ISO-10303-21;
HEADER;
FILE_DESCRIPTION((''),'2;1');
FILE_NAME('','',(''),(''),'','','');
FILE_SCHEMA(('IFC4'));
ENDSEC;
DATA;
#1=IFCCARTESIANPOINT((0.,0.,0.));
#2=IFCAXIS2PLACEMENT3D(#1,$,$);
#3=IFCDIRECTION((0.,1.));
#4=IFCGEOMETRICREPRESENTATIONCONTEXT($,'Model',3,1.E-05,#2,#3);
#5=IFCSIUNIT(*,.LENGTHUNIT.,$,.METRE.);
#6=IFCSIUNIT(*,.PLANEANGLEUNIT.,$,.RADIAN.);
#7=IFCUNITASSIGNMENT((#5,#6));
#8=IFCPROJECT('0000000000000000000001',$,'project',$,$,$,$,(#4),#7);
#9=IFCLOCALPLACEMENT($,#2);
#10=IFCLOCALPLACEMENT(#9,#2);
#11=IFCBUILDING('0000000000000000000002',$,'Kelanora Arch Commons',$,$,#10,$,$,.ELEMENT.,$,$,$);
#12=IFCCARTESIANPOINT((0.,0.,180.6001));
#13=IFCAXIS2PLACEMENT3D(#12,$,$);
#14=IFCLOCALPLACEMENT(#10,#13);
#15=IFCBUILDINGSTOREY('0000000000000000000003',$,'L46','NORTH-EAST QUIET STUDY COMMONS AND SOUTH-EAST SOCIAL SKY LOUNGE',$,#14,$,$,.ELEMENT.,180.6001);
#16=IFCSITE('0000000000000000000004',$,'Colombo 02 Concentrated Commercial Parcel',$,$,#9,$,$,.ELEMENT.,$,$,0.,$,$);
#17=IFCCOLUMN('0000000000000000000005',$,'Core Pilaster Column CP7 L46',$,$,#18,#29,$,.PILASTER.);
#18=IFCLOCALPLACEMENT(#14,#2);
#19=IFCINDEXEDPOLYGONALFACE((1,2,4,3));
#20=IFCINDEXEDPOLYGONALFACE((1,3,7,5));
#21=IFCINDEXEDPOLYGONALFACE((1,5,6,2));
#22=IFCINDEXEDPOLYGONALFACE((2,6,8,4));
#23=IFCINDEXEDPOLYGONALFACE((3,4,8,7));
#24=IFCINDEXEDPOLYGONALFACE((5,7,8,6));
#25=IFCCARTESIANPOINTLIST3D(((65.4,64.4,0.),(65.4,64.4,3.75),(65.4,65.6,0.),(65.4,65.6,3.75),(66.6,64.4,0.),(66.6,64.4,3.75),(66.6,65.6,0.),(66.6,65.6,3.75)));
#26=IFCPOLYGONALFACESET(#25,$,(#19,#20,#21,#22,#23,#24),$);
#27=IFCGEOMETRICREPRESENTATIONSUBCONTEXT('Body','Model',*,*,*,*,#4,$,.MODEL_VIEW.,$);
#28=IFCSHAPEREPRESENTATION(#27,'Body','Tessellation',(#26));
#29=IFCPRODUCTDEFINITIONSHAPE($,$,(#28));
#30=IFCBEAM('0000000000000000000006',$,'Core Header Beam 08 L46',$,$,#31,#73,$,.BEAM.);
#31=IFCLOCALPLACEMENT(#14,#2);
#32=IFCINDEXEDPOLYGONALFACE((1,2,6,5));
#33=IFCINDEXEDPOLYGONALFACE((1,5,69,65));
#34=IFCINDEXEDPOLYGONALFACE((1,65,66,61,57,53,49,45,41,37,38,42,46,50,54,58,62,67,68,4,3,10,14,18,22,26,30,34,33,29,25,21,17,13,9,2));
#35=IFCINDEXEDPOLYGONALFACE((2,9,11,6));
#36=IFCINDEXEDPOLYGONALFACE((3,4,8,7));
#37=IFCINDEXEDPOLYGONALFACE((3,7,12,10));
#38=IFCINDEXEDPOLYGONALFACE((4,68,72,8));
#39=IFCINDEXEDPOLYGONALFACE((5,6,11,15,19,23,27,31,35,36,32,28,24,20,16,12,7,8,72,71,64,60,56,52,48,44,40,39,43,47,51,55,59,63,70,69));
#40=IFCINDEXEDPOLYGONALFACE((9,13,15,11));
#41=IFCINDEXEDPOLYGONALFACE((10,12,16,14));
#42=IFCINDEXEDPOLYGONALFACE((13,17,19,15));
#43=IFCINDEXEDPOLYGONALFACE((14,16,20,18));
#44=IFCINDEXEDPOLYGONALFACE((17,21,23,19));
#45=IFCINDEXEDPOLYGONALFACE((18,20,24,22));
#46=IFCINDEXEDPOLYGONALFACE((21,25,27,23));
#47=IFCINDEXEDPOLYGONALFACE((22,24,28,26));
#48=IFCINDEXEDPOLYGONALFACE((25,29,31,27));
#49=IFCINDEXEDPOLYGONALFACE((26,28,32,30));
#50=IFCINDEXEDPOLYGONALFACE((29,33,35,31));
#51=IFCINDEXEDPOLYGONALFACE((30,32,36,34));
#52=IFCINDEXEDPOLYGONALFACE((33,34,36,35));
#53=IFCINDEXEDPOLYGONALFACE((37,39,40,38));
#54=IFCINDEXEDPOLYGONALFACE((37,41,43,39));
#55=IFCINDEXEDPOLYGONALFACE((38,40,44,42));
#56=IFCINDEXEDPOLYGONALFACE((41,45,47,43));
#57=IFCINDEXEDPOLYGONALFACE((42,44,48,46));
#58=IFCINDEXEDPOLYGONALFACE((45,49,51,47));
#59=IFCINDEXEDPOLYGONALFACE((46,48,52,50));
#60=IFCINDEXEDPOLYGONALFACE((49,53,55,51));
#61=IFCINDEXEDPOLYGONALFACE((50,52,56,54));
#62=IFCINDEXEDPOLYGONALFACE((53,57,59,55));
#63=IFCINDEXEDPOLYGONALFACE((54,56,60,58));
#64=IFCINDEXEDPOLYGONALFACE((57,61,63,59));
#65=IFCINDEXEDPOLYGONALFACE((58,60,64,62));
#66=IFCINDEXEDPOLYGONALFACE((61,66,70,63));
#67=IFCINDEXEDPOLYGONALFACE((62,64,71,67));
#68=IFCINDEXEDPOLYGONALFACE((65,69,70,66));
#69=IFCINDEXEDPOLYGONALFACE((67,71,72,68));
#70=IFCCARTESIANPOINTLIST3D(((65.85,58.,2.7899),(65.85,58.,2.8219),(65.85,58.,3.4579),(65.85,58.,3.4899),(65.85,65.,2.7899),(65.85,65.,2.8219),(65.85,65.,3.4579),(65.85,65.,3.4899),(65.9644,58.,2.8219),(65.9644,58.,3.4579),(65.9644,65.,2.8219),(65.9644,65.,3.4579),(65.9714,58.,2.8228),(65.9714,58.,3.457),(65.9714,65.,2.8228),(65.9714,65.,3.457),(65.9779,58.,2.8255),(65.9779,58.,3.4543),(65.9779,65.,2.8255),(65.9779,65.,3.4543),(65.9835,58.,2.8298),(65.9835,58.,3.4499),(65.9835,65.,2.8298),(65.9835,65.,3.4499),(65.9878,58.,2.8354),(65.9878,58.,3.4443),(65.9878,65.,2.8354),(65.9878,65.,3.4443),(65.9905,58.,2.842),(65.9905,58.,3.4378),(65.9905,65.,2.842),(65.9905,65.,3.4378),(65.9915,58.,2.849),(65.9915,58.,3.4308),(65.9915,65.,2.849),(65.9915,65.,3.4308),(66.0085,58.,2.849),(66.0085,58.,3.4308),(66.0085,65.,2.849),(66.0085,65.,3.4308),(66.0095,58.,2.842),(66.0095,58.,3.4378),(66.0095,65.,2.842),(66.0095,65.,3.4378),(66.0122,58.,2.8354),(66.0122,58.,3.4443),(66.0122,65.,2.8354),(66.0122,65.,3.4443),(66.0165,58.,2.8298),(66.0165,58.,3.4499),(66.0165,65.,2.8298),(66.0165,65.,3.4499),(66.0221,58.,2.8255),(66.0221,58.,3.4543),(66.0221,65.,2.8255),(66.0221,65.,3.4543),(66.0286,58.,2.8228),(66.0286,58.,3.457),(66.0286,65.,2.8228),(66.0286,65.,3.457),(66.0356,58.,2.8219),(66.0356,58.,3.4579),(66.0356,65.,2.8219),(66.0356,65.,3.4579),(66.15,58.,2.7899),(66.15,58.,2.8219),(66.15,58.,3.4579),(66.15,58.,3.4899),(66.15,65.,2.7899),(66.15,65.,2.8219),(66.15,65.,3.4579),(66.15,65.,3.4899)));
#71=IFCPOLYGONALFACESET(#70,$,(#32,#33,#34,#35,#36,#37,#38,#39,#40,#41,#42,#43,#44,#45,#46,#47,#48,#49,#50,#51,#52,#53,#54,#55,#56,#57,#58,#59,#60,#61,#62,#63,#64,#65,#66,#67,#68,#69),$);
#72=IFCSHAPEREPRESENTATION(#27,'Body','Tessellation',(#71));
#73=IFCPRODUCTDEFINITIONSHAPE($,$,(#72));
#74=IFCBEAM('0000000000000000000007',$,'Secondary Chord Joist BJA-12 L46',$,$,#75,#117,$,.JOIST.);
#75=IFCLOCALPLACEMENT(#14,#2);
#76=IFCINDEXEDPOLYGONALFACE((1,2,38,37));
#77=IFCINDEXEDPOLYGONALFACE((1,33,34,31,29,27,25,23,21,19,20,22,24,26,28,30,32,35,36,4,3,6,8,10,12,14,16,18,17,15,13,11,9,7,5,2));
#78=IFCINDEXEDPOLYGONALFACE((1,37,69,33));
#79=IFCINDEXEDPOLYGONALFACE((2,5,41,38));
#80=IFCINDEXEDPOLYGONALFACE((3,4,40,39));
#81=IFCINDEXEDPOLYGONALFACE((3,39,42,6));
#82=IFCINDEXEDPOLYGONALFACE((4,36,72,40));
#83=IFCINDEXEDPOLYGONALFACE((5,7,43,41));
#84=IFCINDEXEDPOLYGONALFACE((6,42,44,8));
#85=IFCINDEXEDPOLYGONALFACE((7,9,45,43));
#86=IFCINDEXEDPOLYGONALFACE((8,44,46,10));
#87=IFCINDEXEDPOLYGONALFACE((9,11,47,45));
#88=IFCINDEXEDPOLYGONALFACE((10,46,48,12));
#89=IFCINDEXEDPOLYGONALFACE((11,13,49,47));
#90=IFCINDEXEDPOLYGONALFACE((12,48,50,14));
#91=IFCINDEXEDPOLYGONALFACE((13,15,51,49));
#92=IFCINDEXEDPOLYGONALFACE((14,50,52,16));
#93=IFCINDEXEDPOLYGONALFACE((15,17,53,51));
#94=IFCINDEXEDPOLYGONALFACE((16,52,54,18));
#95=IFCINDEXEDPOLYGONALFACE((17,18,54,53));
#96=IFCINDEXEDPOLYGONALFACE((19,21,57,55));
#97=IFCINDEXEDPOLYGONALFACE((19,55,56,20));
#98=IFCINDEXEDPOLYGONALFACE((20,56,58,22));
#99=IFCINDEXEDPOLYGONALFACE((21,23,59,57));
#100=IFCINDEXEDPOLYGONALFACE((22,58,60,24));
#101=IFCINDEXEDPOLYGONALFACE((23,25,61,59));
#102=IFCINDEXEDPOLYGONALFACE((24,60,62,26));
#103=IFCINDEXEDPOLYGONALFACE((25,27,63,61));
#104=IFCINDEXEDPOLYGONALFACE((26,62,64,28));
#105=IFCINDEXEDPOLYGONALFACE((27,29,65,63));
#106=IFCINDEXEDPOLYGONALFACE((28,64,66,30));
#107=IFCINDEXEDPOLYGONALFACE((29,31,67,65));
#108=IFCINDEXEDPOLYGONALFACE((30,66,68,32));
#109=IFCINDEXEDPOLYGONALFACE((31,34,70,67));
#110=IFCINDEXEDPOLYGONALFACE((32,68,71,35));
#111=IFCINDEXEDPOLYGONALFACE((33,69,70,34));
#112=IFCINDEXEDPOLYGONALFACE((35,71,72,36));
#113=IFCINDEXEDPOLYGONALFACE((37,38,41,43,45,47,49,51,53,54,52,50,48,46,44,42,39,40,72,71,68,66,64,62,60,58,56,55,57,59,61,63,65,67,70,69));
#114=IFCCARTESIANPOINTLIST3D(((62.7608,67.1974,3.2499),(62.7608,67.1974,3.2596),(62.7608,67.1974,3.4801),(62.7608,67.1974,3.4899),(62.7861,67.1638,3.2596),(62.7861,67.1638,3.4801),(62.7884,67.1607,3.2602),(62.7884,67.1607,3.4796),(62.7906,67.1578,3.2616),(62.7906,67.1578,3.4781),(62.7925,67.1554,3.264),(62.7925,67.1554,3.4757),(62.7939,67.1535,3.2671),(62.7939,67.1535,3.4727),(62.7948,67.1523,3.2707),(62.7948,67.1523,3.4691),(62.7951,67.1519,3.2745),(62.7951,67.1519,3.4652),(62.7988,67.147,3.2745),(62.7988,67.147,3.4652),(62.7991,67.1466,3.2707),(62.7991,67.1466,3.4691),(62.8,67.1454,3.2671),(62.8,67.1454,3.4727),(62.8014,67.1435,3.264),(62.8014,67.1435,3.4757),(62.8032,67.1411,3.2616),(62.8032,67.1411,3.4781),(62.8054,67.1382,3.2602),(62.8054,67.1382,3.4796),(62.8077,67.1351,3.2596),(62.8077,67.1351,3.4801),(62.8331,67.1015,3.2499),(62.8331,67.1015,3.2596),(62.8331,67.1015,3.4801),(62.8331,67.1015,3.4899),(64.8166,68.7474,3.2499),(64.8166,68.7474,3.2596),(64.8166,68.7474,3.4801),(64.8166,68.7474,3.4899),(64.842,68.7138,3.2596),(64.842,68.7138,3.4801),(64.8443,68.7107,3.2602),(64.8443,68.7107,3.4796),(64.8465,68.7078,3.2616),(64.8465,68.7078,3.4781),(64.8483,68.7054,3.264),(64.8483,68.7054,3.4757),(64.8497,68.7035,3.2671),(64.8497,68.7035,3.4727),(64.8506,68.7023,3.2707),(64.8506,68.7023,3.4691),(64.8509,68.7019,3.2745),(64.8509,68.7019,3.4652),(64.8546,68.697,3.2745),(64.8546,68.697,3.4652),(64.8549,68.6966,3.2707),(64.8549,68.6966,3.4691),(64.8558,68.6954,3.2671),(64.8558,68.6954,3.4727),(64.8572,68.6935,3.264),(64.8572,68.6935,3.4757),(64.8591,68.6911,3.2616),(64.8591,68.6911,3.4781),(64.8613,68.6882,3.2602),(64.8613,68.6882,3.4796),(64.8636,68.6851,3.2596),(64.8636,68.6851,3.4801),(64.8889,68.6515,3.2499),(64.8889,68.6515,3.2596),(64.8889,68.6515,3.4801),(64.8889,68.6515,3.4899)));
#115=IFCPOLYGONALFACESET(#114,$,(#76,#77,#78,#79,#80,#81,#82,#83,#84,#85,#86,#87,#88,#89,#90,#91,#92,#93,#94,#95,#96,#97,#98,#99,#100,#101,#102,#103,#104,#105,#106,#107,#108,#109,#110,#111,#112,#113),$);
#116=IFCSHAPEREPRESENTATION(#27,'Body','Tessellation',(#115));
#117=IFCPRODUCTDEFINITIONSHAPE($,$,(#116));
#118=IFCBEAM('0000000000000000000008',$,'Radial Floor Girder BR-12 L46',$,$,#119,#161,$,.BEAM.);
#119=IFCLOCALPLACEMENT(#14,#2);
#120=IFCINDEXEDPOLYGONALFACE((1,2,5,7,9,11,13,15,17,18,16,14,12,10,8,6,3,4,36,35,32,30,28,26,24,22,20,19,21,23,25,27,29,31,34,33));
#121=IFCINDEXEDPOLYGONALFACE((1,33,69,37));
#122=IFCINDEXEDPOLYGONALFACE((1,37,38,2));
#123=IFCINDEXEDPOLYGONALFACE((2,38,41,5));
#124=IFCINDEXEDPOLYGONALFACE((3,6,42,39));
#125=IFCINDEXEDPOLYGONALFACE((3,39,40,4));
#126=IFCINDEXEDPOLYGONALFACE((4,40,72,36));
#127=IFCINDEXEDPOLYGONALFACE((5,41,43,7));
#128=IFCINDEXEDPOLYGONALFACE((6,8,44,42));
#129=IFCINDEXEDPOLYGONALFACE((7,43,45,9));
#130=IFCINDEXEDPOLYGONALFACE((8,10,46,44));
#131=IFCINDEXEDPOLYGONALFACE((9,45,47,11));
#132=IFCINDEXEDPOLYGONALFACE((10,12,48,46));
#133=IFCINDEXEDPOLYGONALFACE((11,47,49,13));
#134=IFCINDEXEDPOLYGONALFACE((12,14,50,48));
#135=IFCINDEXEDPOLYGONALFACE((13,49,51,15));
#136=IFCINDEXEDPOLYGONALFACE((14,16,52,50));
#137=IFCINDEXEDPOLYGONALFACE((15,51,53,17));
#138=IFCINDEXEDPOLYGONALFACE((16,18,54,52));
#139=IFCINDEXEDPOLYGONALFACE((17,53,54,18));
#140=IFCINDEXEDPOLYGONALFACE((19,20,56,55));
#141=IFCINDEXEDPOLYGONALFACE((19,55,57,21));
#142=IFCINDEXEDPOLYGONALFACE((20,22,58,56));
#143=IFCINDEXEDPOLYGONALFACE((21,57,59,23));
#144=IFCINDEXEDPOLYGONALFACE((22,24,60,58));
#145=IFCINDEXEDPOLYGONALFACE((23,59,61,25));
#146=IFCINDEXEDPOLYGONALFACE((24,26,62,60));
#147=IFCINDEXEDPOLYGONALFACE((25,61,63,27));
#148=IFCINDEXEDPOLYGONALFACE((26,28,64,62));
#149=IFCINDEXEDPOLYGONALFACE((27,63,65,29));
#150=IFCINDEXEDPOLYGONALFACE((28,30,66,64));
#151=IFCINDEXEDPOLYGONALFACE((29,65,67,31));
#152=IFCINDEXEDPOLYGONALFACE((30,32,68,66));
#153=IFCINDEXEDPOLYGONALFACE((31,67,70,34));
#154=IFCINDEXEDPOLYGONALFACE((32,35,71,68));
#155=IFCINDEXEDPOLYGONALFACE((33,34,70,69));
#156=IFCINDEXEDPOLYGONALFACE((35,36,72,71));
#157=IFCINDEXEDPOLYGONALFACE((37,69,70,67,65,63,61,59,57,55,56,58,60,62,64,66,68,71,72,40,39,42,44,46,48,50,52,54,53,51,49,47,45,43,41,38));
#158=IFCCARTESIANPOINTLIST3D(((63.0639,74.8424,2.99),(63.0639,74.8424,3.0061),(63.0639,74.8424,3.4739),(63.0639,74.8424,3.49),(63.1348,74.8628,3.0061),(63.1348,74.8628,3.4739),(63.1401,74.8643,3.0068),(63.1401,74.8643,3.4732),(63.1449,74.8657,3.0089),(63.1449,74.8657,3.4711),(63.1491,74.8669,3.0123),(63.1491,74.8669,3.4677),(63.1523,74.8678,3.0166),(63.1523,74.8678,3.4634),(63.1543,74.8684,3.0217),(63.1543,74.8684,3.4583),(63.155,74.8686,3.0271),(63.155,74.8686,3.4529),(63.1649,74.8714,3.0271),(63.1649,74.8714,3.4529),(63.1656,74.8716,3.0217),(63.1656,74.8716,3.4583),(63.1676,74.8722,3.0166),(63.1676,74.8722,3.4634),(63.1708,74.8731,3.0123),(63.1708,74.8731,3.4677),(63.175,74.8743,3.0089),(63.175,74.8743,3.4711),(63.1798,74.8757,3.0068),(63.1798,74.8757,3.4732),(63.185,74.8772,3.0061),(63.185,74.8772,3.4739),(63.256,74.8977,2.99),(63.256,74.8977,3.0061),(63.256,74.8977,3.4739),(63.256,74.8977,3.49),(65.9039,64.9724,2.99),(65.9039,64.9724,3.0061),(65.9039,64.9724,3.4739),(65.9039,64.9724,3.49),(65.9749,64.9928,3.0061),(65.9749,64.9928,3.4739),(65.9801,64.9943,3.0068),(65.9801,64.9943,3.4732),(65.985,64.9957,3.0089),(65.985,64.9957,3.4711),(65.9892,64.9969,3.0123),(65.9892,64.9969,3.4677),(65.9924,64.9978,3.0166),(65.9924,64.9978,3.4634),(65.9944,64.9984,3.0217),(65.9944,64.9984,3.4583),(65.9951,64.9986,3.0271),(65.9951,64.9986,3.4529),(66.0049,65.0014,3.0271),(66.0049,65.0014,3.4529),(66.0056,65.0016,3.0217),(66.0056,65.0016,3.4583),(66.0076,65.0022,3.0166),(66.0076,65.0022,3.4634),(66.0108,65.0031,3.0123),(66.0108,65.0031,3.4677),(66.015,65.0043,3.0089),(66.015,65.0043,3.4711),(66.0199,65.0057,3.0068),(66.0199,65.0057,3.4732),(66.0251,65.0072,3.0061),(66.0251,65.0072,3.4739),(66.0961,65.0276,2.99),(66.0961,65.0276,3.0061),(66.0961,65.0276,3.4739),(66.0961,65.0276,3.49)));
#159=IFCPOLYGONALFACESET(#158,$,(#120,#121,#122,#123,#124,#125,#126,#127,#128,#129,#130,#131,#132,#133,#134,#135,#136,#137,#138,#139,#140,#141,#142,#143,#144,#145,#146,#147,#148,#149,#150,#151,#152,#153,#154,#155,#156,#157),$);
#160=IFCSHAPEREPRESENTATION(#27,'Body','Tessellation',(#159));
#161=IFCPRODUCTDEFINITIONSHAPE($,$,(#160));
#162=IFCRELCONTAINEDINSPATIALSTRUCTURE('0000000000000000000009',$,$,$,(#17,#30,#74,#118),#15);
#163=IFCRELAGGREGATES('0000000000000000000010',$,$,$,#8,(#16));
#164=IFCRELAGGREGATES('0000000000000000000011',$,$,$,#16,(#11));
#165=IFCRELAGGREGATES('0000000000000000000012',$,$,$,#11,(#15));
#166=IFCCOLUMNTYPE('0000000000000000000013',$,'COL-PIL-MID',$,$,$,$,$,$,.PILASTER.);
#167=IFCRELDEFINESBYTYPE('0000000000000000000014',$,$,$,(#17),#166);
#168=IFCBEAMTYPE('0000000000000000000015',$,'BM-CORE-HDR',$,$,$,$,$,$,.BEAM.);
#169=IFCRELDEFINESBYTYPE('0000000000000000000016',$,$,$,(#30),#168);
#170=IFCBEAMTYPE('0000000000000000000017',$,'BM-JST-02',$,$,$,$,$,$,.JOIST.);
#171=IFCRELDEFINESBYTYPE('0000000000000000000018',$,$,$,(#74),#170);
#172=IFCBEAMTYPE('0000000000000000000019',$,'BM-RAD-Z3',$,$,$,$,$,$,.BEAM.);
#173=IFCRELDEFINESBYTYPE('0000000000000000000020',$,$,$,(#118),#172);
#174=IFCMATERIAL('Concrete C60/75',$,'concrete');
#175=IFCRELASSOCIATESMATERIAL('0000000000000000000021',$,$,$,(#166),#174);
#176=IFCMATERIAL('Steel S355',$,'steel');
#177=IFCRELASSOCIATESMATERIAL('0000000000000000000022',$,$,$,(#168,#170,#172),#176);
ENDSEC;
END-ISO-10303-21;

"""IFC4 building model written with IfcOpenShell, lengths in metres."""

from ifc_helpers import new_model, si_unit, direction, frame, origin, origin_2d, place, context, subcontext, project, spatial, rectangle, i_section, extrude, material, material_profile, profile_set, type_object, element, save


model = new_model("IFC4")

# Units and contexts
model_context = context("Model", 3, precision=1e-05, world=origin(), true_north=direction((0.0, 1.0)))
body_context = subcontext(model_context, "Body", "Model", "MODEL_VIEW")
ifc_project = project(units=[si_unit("LENGTHUNIT", "METRE"), si_unit("PLANEANGLEUNIT", "RADIAN")], contexts=[model_context])

# Site, building, storey
site_placement = place(None, origin())
site = spatial("IfcSite", under=ifc_project, at=site_placement, Name="Colombo 02 Concentrated Commercial Parcel", CompositionType="ELEMENT", RefElevation=0.0)
building_placement = place(site_placement, origin())
building = spatial("IfcBuilding", under=site, at=building_placement, Name="Kelanora Arch Commons", CompositionType="ELEMENT")
storey_placement = place(building_placement, frame((0.0, 0.0, 180.6001)))
storey = spatial("IfcBuildingStorey", under=building, at=storey_placement, Name="L46", Description="NORTH-EAST QUIET STUDY COMMONS AND SOUTH-EAST SOCIAL SKY LOUNGE", CompositionType="ELEMENT", Elevation=180.6001)

# Column
ifc_material_1 = material(Name="Concrete C60/75", Category="concrete")
ifc_material_profile_1 = material_profile(ifc_material_1, rectangle(XDim=1.2, YDim=1.2, at=origin_2d()), Name="RC1200x1200")
ifc_profile_set_1 = profile_set([ifc_material_profile_1], Name="Concrete C60/75")
column_type = type_object("IfcColumnType", Name="COL-PIL-MID", PredefinedType="PILASTER", material=ifc_profile_set_1)
column_placement = place(storey_placement, frame((66.0, 65.0, 0.0), z_axis=(0.0, 0.0, 1.0), x_axis=(1.0, 0.0, 0.0)))
element("IfcColumn", 1, at=column_placement, inside=storey, type_object=column_type, Name="Core Pilaster Column CP7 L46", PredefinedType="PILASTER", context=body_context, shape_type="SweptSolid", body=[
    extrude(rectangle(XDim=1.2, YDim=1.2, at=origin_2d()), origin(), (0.0, 0.0, 1.0), 3.75),
])

# Beams
ifc_material_2 = material(Name="Steel S355", Category="steel")
ifc_material_profile_2 = material_profile(ifc_material_2, i_section(OverallWidth=0.3, OverallDepth=0.7, WebThickness=0.0171, FlangeThickness=0.032, FilletRadius=0.0271, at=origin_2d()), Name="HEB700")
ifc_profile_set_2 = profile_set([ifc_material_profile_2], Name="Steel S355")
beam_type_1 = type_object("IfcBeamType", Name="BM-CORE-HDR", PredefinedType="BEAM", material=ifc_profile_set_2)
beam_1_placement = place(storey_placement, frame((66.0, 65.0, 3.1399), z_axis=(0.0, -1.0, 0.0), x_axis=(1.0, 0.0, 0.0)))
element("IfcBeam", 2, at=beam_1_placement, inside=storey, type_object=beam_type_1, Name="Core Header Beam 08 L46", PredefinedType="BEAM", context=body_context, shape_type="SweptSolid", body=[
    extrude(i_section(OverallWidth=0.3, OverallDepth=0.7, WebThickness=0.0171, FlangeThickness=0.032, FilletRadius=0.0271, at=origin_2d()), origin(), (0.0, 0.0, 1.0), 7.0),
])
ifc_material_profile_3 = material_profile(ifc_material_2, i_section(OverallWidth=0.1201, OverallDepth=0.24, WebThickness=0.0061, FlangeThickness=0.0098, FilletRadius=0.0149, at=origin_2d()), Name="IPE240")
ifc_profile_set_3 = profile_set([ifc_material_profile_3], Name="Steel S355")
beam_type_2 = type_object("IfcBeamType", Name="BM-JST-02", PredefinedType="JOIST", material=ifc_profile_set_3)
beam_2_placement = place(storey_placement, frame((64.8528, 68.6995, 3.3699), z_axis=(-0.798484, -0.602016, 0.0), x_axis=(0.602016, -0.798484, 0.0)))
element("IfcBeam", 3, at=beam_2_placement, inside=storey, type_object=beam_type_2, Name="Secondary Chord Joist BJA-12 L46", PredefinedType="JOIST", context=body_context, shape_type="SweptSolid", body=[
    extrude(i_section(OverallWidth=0.1201, OverallDepth=0.24, WebThickness=0.0061, FlangeThickness=0.0098, FilletRadius=0.0149, at=origin_2d()), origin(), (0.0, 0.0, 1.0), 2.5747),
])
ifc_material_profile_4 = material_profile(ifc_material_2, i_section(OverallWidth=0.2, OverallDepth=0.5, WebThickness=0.0103, FlangeThickness=0.0161, FilletRadius=0.021, at=origin_2d()), Name="IPE500")
ifc_profile_set_4 = profile_set([ifc_material_profile_4], Name="Steel S355")
beam_type_3 = type_object("IfcBeamType", Name="BM-RAD-Z3", PredefinedType="BEAM", material=ifc_profile_set_4)
beam_3_placement = place(storey_placement, frame((66.0, 65.0, 3.24), z_axis=(-0.276526, 0.961006, 0.0), x_axis=(-0.961006, -0.276526, 0.0)))
element("IfcBeam", 4, at=beam_3_placement, inside=storey, type_object=beam_type_3, Name="Radial Floor Girder BR-12 L46", PredefinedType="BEAM", context=body_context, shape_type="SweptSolid", body=[
    extrude(i_section(OverallWidth=0.2, OverallDepth=0.5, WebThickness=0.0103, FlangeThickness=0.0161, FilletRadius=0.021, at=origin_2d()), origin(), (0.0, 0.0, 1.0), 10.2705),
])

save(model, "model.ifc")
